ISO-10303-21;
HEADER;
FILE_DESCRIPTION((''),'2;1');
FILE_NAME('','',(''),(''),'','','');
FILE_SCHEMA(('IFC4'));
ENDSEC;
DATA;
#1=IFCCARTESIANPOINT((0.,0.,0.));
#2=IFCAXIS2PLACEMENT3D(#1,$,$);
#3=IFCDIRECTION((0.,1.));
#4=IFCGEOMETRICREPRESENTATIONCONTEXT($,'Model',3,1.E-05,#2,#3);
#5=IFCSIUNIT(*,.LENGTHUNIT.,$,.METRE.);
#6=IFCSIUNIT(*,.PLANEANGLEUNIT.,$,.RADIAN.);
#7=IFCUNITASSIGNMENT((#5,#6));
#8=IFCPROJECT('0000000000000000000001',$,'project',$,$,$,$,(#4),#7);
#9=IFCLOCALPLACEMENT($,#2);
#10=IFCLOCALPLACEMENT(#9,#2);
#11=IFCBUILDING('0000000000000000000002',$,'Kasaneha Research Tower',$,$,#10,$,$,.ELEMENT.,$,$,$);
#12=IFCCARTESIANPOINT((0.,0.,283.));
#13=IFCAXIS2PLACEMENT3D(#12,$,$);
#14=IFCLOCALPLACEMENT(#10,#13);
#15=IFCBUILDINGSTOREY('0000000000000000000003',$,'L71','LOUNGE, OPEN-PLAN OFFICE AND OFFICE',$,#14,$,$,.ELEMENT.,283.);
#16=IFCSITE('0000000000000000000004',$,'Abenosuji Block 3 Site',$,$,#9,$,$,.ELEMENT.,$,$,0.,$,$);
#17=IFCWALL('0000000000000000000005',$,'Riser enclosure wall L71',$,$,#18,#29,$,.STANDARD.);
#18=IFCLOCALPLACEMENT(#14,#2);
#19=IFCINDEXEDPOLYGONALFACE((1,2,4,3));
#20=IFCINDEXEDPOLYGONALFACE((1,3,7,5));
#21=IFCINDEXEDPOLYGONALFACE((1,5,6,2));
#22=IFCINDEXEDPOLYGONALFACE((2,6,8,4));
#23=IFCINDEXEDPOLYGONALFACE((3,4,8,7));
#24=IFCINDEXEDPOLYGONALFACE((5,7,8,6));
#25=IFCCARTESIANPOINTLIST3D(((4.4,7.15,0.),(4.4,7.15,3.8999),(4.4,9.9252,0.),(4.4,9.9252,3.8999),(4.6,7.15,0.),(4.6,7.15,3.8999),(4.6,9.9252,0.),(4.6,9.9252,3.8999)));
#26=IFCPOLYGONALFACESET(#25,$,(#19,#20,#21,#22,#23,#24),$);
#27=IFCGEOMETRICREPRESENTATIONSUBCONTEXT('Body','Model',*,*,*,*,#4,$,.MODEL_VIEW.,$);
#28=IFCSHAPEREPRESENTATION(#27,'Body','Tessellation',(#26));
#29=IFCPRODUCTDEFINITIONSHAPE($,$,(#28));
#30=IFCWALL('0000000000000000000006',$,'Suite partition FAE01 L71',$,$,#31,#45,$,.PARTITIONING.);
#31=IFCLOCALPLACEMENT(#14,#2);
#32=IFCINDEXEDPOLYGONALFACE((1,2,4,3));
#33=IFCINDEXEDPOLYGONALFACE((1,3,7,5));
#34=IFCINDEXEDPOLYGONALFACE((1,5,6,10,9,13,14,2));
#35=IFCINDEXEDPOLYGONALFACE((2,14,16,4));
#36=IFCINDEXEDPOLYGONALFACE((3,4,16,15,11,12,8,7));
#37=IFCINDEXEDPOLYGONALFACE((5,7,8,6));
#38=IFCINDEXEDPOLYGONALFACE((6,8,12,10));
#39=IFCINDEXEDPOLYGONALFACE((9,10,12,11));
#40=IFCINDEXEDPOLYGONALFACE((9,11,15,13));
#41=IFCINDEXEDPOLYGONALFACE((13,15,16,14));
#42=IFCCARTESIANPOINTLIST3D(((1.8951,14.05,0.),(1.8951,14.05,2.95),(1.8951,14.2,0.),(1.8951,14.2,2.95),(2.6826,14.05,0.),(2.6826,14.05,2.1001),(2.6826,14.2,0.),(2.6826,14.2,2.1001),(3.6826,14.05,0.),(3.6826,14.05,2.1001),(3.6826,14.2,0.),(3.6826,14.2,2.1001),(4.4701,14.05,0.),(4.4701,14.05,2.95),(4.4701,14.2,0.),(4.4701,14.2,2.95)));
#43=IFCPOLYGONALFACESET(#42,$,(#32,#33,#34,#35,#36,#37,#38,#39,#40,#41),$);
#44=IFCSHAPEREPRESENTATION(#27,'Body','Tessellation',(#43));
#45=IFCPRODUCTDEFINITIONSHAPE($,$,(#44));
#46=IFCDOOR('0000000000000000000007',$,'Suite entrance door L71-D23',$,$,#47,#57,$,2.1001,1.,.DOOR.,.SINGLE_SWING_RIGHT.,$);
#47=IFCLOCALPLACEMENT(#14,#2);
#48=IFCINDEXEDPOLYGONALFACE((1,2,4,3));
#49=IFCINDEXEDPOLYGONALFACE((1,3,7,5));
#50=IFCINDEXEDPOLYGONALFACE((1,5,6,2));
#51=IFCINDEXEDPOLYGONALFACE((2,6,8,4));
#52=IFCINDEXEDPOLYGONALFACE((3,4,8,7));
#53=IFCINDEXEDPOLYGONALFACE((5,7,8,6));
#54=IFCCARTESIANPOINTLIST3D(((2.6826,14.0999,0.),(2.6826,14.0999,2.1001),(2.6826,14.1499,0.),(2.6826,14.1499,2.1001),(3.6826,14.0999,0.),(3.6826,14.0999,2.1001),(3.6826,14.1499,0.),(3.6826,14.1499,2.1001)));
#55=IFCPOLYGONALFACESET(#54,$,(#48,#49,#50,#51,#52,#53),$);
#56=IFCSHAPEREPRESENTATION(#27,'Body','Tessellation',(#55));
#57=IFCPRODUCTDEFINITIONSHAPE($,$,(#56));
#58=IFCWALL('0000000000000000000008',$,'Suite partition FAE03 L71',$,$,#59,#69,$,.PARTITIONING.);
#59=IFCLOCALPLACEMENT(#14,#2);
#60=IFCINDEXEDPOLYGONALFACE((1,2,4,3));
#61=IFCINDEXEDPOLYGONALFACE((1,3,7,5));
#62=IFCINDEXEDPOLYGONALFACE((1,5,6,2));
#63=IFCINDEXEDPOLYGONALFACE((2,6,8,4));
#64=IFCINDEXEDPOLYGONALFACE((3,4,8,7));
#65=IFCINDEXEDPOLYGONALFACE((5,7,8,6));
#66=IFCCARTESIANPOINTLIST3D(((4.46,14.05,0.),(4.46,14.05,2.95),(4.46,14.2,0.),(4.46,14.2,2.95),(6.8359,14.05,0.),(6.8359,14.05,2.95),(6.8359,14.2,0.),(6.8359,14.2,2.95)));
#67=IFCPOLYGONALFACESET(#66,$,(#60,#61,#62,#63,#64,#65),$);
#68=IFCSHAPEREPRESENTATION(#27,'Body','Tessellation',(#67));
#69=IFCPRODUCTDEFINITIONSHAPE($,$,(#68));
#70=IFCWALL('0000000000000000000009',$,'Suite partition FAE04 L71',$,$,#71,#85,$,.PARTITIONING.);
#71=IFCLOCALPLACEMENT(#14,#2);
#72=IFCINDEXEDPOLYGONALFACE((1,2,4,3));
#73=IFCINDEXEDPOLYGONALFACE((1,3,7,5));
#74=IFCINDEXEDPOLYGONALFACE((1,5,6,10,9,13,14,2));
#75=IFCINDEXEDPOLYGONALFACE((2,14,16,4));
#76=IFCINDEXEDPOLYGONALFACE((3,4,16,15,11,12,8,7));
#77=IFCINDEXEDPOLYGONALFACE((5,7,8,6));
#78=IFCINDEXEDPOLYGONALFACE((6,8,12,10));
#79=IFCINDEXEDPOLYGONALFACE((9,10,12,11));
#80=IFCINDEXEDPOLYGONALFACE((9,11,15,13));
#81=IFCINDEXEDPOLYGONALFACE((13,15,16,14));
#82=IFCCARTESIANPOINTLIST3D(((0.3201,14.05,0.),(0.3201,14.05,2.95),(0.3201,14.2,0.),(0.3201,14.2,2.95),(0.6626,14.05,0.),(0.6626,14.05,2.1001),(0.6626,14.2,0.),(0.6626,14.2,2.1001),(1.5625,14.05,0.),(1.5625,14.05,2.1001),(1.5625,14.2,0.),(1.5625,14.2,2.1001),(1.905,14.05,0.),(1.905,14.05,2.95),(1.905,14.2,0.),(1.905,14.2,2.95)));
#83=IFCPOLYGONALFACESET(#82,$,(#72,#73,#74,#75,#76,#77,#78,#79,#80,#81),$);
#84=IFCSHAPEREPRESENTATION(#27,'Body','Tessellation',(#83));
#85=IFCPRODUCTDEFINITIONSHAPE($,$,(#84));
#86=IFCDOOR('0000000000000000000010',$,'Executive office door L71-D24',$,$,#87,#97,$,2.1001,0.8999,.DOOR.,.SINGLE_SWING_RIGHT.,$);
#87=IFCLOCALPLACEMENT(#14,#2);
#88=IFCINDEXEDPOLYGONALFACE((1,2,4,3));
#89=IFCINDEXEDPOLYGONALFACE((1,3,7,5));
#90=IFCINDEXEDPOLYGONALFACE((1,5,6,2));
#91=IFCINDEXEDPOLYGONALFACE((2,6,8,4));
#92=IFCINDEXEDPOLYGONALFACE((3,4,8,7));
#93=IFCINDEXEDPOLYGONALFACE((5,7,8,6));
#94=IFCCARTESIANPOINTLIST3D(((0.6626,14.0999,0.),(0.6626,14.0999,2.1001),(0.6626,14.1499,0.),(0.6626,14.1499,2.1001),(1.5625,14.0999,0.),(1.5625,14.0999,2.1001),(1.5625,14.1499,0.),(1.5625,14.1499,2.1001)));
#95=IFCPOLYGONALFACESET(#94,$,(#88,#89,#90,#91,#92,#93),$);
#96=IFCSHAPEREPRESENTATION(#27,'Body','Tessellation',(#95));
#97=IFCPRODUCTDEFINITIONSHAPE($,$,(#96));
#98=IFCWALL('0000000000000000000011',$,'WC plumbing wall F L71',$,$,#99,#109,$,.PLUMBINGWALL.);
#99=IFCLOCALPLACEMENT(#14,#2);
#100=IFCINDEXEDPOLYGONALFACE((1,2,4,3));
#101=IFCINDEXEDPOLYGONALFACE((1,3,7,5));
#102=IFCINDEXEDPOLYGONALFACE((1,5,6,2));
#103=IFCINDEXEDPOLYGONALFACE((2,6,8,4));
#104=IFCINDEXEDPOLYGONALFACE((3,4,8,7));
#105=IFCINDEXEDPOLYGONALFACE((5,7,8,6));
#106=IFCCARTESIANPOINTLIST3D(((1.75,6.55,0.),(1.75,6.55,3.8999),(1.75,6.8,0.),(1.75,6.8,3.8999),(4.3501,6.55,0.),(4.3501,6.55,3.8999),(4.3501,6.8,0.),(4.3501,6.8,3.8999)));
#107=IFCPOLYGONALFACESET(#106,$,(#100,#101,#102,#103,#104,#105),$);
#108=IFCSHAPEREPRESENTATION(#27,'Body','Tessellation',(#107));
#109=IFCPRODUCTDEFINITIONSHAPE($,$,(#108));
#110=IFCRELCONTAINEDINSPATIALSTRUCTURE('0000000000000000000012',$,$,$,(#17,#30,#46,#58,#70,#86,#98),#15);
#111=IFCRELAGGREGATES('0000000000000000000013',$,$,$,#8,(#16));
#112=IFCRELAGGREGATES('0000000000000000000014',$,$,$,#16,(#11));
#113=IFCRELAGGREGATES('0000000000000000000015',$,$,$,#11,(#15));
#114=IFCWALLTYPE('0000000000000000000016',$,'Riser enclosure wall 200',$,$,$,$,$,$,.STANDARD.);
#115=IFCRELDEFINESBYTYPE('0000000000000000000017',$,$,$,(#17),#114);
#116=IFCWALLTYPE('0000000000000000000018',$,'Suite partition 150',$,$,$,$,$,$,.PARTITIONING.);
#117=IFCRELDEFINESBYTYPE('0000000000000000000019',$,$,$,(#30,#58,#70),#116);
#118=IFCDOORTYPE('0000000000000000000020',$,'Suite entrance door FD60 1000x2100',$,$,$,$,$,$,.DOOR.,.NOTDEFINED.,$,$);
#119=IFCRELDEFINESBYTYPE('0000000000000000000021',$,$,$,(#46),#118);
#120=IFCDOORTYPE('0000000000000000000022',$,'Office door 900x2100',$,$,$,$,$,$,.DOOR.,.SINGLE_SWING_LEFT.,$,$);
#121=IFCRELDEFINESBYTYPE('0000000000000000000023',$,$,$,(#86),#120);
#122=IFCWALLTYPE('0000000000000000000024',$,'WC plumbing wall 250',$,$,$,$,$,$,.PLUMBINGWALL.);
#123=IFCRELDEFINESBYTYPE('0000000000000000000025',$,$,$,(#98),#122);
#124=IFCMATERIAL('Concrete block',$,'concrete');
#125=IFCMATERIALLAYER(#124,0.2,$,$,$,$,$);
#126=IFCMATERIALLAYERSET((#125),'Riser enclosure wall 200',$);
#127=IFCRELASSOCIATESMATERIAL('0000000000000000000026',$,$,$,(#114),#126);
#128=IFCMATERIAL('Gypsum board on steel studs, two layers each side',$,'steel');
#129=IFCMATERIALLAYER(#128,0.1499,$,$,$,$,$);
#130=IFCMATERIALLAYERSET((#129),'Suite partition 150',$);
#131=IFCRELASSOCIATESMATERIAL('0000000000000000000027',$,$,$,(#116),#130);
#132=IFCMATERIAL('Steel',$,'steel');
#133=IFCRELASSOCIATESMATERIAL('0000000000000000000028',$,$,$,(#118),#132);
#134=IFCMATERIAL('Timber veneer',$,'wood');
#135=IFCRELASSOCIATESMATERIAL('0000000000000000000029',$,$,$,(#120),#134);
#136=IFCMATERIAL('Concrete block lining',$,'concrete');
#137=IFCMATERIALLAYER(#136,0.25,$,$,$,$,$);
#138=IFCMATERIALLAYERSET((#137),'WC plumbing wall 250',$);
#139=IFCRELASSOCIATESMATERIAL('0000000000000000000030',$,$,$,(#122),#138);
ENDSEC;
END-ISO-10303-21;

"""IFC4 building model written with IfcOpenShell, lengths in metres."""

from ifc_helpers import new_model, si_unit, direction, frame, frame_2d, origin, place, context, subcontext, project, spatial, rectangle, extrude, material, layer, layer_set, type_object, element, fill, save


model = new_model("IFC4")

# Units and contexts
model_context = context("Model", 3, precision=1e-05, world=origin(), true_north=direction((0.0, 1.0)))
body_context = subcontext(model_context, "Body", "Model", "MODEL_VIEW")
ifc_project = project(units=[si_unit("LENGTHUNIT", "METRE"), si_unit("PLANEANGLEUNIT", "RADIAN")], contexts=[model_context])

# Site, building, storey
site_placement = place(None, origin())
site = spatial("IfcSite", under=ifc_project, at=site_placement, Name="Abenosuji Block 3 Site", CompositionType="ELEMENT", RefElevation=0.0)
building_placement = place(site_placement, origin())
building = spatial("IfcBuilding", under=site, at=building_placement, Name="Kasaneha Research Tower", CompositionType="ELEMENT")
storey_placement = place(building_placement, frame((0.0, 0.0, 283.0)))
storey = spatial("IfcBuildingStorey", under=building, at=storey_placement, Name="L71", Description="LOUNGE, OPEN-PLAN OFFICE AND OFFICE", CompositionType="ELEMENT", Elevation=283.0)

# Wall
ifc_material_1 = material(Name="Concrete block", Category="concrete")
ifc_layer_1 = layer(ifc_material_1, 0.2)
ifc_layer_set_1 = layer_set([ifc_layer_1], Name="Riser enclosure wall 200")
wall_type_1 = type_object("IfcWallType", Name="Riser enclosure wall 200", PredefinedType="STANDARD", material=ifc_layer_set_1)
wall_1_placement = place(storey_placement, frame((4.5, 7.1499, 0.0), z_axis=(0.0, 0.0, 1.0), x_axis=(0.0, 1.0, 0.0)))
element("IfcWall", 1, at=wall_1_placement, inside=storey, type_object=wall_type_1, Name="Riser enclosure wall L71", PredefinedType="STANDARD", context=body_context, shape_type="SweptSolid", body=[
    extrude(rectangle(XDim=2.7751, YDim=0.2, at=frame_2d((1.3877, 0.0))), origin(), (0.0, 0.0, 1.0), 3.8999),
])

# Wall, opening, door
ifc_material_2 = material(Name="Gypsum board on steel studs, two layers each side", Category="steel")
ifc_layer_2 = layer(ifc_material_2, 0.1499)
ifc_layer_set_2 = layer_set([ifc_layer_2], Name="Suite partition 150")
wall_type_2 = type_object("IfcWallType", Name="Suite partition 150", PredefinedType="PARTITIONING", material=ifc_layer_set_2)
wall_2_placement = place(storey_placement, frame((1.895, 14.125, 0.0), z_axis=(0.0, 0.0, 1.0), x_axis=(1.0, 0.0, 0.0)))
wall_2 = element("IfcWall", 2, at=wall_2_placement, inside=storey, type_object=wall_type_2, Name="Suite partition FAE01 L71", PredefinedType="PARTITIONING", context=body_context, shape_type="SweptSolid", body=[
    extrude(rectangle(XDim=2.575, YDim=0.1499, at=frame_2d((1.2876, 0.0))), origin(), (0.0, 0.0, 1.0), 2.95),
])
opening_1_placement = place(wall_2_placement, frame((0.7876, 0.0, 0.0)))
opening_1 = element("IfcOpeningElement", 3, at=opening_1_placement, cuts=wall_2, PredefinedType="OPENING", context=body_context, shape_type="SweptSolid", body=[
    extrude(rectangle(XDim=1.0, YDim=2.1001, at=frame_2d((0.5, 1.05))), frame((0.0, 0.085, 0.0), z_axis=(0.0, -1.0, 0.0), x_axis=(1.0, 0.0, 0.0)), (0.0, 0.0, 1.0), 0.1699),
])
ifc_material_3 = material(Name="Steel", Category="steel")
door_type_1 = type_object("IfcDoorType", Name="Suite entrance door FD60 1000x2100", OperationType="NOTDEFINED", PredefinedType="DOOR", material=ifc_material_3)
door_1_placement = place(opening_1_placement, origin())
door_1 = element("IfcDoor", 4, at=door_1_placement, inside=storey, type_object=door_type_1, Name="Suite entrance door L71-D23", OperationType="SINGLE_SWING_RIGHT", OverallHeight=2.1001, OverallWidth=1.0, PredefinedType="DOOR", context=body_context, shape_type="SweptSolid", body=[
    extrude(rectangle(XDim=1.0, YDim=2.1001, at=frame_2d((0.5, 1.05))), frame((0.0, 0.0249, 0.0), z_axis=(0.0, -1.0, 0.0), x_axis=(1.0, 0.0, 0.0)), (0.0, 0.0, 1.0), 0.05),
])
fill(opening_1, door_1)

# Wall
wall_3_placement = place(storey_placement, frame((4.46, 14.125, 0.0), z_axis=(0.0, 0.0, 1.0), x_axis=(1.0, 0.0, 0.0)))
element("IfcWall", 5, at=wall_3_placement, inside=storey, type_object=wall_type_2, Name="Suite partition FAE03 L71", PredefinedType="PARTITIONING", context=body_context, shape_type="SweptSolid", body=[
    extrude(rectangle(XDim=2.376, YDim=0.1499, at=frame_2d((1.188, 0.0))), origin(), (0.0, 0.0, 1.0), 2.95),
])

# Wall, opening, door
wall_4_placement = place(storey_placement, frame((0.3201, 14.125, 0.0), z_axis=(0.0, 0.0, 1.0), x_axis=(1.0, 0.0, 0.0)))
wall_4 = element("IfcWall", 6, at=wall_4_placement, inside=storey, type_object=wall_type_2, Name="Suite partition FAE04 L71", PredefinedType="PARTITIONING", context=body_context, shape_type="SweptSolid", body=[
    extrude(rectangle(XDim=1.585, YDim=0.1499, at=frame_2d((0.7925, 0.0))), origin(), (0.0, 0.0, 1.0), 2.95),
])
opening_2_placement = place(wall_4_placement, frame((0.3425, 0.0, 0.0)))
opening_2 = element("IfcOpeningElement", 7, at=opening_2_placement, cuts=wall_4, PredefinedType="OPENING", context=body_context, shape_type="SweptSolid", body=[
    extrude(rectangle(XDim=0.8999, YDim=2.1001, at=frame_2d((0.45, 1.05))), frame((0.0, 0.085, 0.0), z_axis=(0.0, -1.0, 0.0), x_axis=(1.0, 0.0, 0.0)), (0.0, 0.0, 1.0), 0.1699),
])
ifc_material_4 = material(Name="Timber veneer", Category="wood")
door_type_2 = type_object("IfcDoorType", Name="Office door 900x2100", OperationType="SINGLE_SWING_LEFT", PredefinedType="DOOR", material=ifc_material_4)
door_2_placement = place(opening_2_placement, origin())
door_2 = element("IfcDoor", 8, at=door_2_placement, inside=storey, type_object=door_type_2, Name="Executive office door L71-D24", OperationType="SINGLE_SWING_RIGHT", OverallHeight=2.1001, OverallWidth=0.8999, PredefinedType="DOOR", context=body_context, shape_type="SweptSolid", body=[
    extrude(rectangle(XDim=0.8999, YDim=2.1001, at=frame_2d((0.45, 1.05))), frame((0.0, 0.0249, 0.0), z_axis=(0.0, -1.0, 0.0), x_axis=(1.0, 0.0, 0.0)), (0.0, 0.0, 1.0), 0.05),
])
fill(opening_2, door_2)

# Wall
ifc_material_5 = material(Name="Concrete block lining", Category="concrete")
ifc_layer_3 = layer(ifc_material_5, 0.25)
ifc_layer_set_3 = layer_set([ifc_layer_3], Name="WC plumbing wall 250")
wall_type_3 = type_object("IfcWallType", Name="WC plumbing wall 250", PredefinedType="PLUMBINGWALL", material=ifc_layer_set_3)
wall_5_placement = place(storey_placement, frame((1.75, 6.675, 0.0), z_axis=(0.0, 0.0, 1.0), x_axis=(1.0, 0.0, 0.0)))
element("IfcWall", 9, at=wall_5_placement, inside=storey, type_object=wall_type_3, Name="WC plumbing wall F L71", PredefinedType="PLUMBINGWALL", context=body_context, shape_type="SweptSolid", body=[
    extrude(rectangle(XDim=2.6001, YDim=0.25, at=frame_2d((1.3, 0.0))), origin(), (0.0, 0.0, 1.0), 3.8999),
])

save(model, "model.ifc")
